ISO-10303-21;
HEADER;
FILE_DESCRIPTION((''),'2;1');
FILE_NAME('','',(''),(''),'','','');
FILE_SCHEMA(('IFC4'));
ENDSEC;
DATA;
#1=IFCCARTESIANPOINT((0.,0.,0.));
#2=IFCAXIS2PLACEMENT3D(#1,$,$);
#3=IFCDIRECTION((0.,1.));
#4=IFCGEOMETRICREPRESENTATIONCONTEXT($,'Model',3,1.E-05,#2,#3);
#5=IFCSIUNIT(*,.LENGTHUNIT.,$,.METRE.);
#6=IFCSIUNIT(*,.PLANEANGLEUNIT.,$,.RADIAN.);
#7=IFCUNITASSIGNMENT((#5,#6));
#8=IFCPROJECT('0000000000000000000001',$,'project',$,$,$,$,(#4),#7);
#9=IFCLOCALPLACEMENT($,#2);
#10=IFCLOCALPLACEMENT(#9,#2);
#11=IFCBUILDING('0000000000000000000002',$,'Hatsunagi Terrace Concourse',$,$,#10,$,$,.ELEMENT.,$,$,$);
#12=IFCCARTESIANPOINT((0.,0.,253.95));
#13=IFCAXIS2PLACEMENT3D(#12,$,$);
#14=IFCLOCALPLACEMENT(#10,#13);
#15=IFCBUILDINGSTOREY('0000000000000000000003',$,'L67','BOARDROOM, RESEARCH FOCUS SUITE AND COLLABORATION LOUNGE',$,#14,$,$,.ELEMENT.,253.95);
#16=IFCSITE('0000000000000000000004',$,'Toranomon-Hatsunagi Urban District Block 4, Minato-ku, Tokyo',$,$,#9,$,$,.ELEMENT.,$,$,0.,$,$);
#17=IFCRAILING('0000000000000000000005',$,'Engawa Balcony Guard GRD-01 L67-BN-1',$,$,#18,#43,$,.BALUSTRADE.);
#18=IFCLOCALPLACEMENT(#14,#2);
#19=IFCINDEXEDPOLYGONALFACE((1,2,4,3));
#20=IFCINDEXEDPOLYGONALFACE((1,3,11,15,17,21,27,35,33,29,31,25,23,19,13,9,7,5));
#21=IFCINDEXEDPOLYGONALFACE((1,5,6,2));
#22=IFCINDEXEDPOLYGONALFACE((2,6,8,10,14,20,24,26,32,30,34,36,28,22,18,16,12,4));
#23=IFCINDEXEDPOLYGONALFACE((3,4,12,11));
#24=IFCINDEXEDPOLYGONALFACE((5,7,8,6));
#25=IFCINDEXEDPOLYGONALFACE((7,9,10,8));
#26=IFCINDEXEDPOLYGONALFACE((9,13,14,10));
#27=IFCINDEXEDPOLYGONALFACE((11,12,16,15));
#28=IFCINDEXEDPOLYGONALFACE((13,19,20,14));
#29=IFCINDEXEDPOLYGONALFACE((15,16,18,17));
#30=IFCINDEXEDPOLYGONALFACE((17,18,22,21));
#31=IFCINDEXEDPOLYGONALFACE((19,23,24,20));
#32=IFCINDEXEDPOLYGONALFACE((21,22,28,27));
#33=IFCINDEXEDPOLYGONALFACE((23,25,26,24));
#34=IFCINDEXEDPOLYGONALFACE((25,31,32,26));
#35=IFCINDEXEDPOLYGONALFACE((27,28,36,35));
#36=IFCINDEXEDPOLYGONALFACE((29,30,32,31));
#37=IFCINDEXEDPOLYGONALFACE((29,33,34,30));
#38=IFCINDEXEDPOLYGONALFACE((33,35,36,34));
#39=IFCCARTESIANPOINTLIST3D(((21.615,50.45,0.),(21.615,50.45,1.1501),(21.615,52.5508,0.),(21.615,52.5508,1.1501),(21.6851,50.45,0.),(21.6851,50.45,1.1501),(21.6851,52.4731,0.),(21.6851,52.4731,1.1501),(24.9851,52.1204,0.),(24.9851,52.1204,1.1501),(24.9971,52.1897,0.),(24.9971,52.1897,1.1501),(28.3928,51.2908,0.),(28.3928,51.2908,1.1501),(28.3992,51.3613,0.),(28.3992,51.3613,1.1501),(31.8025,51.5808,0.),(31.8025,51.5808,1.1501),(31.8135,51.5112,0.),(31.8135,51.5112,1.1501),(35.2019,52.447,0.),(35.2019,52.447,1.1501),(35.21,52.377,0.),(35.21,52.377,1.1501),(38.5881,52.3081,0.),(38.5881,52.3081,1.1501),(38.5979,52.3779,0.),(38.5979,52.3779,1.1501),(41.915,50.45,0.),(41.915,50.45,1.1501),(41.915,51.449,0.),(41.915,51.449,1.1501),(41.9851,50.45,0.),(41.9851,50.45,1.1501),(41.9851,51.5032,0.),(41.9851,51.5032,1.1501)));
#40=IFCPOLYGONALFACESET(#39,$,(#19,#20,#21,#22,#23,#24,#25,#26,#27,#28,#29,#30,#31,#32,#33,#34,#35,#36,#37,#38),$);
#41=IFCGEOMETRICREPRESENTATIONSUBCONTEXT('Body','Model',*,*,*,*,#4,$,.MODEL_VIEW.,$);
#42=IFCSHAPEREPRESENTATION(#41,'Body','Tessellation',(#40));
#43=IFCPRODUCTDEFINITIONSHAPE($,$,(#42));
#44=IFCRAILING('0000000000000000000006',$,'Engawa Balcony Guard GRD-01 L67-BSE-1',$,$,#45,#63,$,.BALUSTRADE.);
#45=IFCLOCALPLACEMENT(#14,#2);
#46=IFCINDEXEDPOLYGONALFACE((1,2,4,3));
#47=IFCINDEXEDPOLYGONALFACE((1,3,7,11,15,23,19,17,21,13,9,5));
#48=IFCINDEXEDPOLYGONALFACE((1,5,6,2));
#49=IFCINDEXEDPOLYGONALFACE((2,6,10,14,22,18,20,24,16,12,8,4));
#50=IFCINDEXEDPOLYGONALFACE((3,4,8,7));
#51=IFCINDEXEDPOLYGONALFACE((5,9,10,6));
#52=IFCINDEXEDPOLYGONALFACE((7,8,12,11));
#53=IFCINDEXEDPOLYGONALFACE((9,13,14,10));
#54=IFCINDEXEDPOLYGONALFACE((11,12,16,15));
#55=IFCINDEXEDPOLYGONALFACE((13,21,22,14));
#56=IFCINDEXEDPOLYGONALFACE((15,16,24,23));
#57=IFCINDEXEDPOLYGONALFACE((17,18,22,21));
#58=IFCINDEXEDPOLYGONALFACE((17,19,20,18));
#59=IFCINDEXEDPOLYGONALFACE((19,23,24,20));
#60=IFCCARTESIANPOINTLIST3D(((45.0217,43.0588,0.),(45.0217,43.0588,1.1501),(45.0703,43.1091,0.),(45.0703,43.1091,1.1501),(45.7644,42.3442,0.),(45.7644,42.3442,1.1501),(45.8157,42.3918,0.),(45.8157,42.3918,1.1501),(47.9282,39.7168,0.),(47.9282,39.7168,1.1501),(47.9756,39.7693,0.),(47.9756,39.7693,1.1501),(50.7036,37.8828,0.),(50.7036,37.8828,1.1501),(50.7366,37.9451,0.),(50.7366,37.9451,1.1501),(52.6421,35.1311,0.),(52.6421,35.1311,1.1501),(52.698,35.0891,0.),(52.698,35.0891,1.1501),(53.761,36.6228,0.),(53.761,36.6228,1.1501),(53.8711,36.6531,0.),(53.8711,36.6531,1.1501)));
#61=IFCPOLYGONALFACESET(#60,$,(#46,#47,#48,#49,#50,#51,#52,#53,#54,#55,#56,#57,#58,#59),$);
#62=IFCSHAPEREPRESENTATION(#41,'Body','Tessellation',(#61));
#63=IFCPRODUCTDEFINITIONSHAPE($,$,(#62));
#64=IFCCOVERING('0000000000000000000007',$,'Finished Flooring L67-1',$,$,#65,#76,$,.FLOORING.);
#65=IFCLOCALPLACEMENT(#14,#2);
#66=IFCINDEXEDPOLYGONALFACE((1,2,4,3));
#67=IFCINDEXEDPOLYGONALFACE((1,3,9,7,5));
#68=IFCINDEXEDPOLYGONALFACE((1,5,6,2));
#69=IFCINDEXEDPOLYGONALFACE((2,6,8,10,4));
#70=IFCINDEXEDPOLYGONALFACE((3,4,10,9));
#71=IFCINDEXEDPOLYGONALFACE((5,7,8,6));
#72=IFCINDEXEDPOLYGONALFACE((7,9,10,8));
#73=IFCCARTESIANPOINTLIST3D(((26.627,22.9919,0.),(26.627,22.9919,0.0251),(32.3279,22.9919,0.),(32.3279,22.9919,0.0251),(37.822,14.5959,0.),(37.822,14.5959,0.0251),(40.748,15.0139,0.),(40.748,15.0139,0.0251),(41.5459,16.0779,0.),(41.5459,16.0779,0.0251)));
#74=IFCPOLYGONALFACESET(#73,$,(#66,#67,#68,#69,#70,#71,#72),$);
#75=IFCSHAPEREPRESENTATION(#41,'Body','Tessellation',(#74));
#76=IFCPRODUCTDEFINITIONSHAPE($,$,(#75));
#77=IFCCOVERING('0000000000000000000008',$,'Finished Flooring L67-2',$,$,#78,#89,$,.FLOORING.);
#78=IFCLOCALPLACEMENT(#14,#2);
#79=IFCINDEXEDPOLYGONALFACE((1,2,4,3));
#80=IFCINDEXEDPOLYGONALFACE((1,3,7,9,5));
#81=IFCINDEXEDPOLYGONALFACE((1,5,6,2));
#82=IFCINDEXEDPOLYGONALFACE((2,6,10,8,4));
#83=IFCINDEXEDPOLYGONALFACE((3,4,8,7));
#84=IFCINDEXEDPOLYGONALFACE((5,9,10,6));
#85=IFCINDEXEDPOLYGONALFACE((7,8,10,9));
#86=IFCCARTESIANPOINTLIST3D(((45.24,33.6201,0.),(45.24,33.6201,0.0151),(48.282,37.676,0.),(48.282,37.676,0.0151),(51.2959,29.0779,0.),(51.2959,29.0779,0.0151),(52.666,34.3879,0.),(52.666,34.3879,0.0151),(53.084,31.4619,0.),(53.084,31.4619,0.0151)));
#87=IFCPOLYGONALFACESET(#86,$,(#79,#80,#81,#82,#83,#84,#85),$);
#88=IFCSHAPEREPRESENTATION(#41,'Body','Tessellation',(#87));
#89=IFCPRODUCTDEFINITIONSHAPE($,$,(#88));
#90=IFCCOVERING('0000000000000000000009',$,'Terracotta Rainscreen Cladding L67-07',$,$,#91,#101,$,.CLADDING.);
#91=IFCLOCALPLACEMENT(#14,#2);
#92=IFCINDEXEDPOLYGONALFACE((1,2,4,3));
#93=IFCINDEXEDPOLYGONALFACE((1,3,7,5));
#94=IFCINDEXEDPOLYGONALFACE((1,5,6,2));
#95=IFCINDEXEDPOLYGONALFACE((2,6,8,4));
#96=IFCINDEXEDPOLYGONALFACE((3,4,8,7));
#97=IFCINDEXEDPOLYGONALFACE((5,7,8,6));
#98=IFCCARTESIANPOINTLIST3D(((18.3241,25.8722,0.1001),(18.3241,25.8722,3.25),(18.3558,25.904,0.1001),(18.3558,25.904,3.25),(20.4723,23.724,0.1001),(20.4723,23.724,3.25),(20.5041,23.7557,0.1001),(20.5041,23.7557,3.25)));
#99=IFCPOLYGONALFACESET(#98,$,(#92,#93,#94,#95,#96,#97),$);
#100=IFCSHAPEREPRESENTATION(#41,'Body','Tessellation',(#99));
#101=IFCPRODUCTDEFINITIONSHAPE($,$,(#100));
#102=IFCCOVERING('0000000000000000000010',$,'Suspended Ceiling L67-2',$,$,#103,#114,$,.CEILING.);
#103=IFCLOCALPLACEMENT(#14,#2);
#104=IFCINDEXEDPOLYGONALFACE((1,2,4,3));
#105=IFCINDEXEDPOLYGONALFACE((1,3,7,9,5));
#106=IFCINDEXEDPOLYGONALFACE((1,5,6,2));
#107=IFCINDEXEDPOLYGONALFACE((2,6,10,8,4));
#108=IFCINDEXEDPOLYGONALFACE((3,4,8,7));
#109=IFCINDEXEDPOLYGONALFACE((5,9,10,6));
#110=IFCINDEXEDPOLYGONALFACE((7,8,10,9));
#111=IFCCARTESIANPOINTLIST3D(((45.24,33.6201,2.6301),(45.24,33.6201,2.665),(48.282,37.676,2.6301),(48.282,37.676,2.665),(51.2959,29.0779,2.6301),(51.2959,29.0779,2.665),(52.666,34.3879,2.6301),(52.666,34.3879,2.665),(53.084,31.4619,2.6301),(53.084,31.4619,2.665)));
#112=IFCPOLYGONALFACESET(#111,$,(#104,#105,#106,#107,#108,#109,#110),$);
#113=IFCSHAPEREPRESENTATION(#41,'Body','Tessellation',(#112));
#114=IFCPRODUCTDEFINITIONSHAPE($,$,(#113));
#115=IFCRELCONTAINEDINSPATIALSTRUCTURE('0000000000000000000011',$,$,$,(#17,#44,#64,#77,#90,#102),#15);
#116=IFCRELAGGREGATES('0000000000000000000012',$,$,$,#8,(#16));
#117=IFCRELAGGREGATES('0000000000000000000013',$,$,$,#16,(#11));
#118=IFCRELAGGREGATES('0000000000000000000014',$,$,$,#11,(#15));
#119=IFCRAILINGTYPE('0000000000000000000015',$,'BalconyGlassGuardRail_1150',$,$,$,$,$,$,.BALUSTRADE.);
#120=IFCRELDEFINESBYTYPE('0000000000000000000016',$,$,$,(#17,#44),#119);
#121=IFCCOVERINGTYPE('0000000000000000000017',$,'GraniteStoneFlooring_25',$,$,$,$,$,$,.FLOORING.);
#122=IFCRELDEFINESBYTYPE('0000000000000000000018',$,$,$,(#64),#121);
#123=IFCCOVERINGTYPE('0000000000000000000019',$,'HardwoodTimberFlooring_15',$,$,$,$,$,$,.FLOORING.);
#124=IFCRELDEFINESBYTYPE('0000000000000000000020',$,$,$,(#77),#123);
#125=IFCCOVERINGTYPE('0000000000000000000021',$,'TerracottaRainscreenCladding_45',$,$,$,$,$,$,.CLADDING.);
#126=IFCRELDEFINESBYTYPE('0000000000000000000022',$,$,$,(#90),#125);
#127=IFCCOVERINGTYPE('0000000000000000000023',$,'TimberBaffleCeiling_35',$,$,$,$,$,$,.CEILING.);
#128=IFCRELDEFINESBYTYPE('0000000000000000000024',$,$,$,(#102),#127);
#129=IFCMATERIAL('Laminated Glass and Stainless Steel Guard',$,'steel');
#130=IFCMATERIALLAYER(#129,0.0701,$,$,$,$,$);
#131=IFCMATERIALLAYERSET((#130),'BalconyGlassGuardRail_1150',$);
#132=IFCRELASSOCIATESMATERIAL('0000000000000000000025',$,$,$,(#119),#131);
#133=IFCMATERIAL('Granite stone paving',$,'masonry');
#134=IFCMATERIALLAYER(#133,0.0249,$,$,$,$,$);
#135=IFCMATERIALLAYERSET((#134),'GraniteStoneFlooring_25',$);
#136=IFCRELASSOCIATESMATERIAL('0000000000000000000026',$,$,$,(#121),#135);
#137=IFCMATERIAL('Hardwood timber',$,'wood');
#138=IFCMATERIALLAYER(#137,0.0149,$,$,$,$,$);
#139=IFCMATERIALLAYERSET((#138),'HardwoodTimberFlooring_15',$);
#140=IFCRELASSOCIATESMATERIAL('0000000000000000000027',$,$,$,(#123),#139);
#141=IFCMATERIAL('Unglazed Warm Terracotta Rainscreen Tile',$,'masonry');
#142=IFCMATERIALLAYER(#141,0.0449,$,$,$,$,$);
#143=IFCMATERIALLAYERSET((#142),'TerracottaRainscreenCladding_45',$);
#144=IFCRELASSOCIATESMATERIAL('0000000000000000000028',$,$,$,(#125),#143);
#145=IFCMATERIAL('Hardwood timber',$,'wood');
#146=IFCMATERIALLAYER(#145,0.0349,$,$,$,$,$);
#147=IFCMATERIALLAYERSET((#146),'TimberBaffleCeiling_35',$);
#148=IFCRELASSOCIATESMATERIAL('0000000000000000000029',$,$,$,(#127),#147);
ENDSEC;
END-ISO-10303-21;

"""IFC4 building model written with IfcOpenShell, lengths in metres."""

from ifc_helpers import new_model, si_unit, direction, frame, origin, origin_2d, place, context, subcontext, project, spatial, polyline, rectangle, outline, extrude, material, layer, layer_set, type_object, element, save


model = new_model("IFC4")

# Units and contexts
model_context = context("Model", 3, precision=1e-05, world=origin(), true_north=direction((0.0, 1.0)))
body_context = subcontext(model_context, "Body", "Model", "MODEL_VIEW")
ifc_project = project(units=[si_unit("LENGTHUNIT", "METRE"), si_unit("PLANEANGLEUNIT", "RADIAN")], contexts=[model_context])

# Site, building, storey
site_placement = place(None, origin())
site = spatial("IfcSite", under=ifc_project, at=site_placement, Name="Toranomon-Hatsunagi Urban District Block 4, Minato-ku, Tokyo", CompositionType="ELEMENT", RefElevation=0.0)
building_placement = place(site_placement, origin())
building = spatial("IfcBuilding", under=site, at=building_placement, Name="Hatsunagi Terrace Concourse", CompositionType="ELEMENT")
storey_placement = place(building_placement, frame((0.0, 0.0, 253.95)))
storey = spatial("IfcBuildingStorey", under=building, at=storey_placement, Name="L67", Description="BOARDROOM, RESEARCH FOCUS SUITE AND COLLABORATION LOUNGE", CompositionType="ELEMENT", Elevation=253.95)

# Railings
ifc_material_1 = material(Name="Laminated Glass and Stainless Steel Guard", Category="steel")
ifc_layer_1 = layer(ifc_material_1, 0.0701)
ifc_layer_set_1 = layer_set([ifc_layer_1], Name="BalconyGlassGuardRail_1150")
railing_type = type_object("IfcRailingType", Name="BalconyGlassGuardRail_1150", PredefinedType="BALUSTRADE", material=ifc_layer_set_1)
railing_1_placement = place(storey_placement, origin())
element("IfcRailing", 1, at=railing_1_placement, inside=storey, type_object=railing_type, Name="Engawa Balcony Guard GRD-01 L67-BN-1", PredefinedType="BALUSTRADE", context=body_context, shape_type="SweptSolid", body=[
    extrude(outline(polyline([(21.615, 50.45), (21.6851, 50.45), (21.6851, 52.4731), (24.9851, 52.1204), (28.3928, 51.2908), (31.8135, 51.5112), (35.21, 52.377), (38.5881, 52.3081), (41.915, 51.449), (41.915, 50.45), (41.9851, 50.45), (41.9851, 51.5032), (38.5979, 52.3779), (35.2019, 52.447), (31.8025, 51.5808), (28.3992, 51.3613), (24.9971, 52.1897), (21.615, 52.5508), (21.615, 50.45)])), origin(), (0.0, 0.0, 1.0), 1.1501),
])
railing_2_placement = place(storey_placement, origin())
element("IfcRailing", 2, at=railing_2_placement, inside=storey, type_object=railing_type, Name="Engawa Balcony Guard GRD-01 L67-BSE-1", PredefinedType="BALUSTRADE", context=body_context, shape_type="SweptSolid", body=[
    extrude(outline(polyline([(45.0703, 43.1091), (45.0217, 43.0588), (45.7644, 42.3442), (47.9282, 39.7168), (50.7036, 37.8828), (53.761, 36.6228), (52.6421, 35.1311), (52.698, 35.0891), (53.8711, 36.6531), (50.7366, 37.9451), (47.9756, 39.7693), (45.8157, 42.3918), (45.0703, 43.1091)])), origin(), (0.0, 0.0, 1.0), 1.1501),
])

# Coverings
ifc_material_2 = material(Name="Granite stone paving", Category="masonry")
ifc_layer_2 = layer(ifc_material_2, 0.0249)
ifc_layer_set_2 = layer_set([ifc_layer_2], Name="GraniteStoneFlooring_25")
covering_type_1 = type_object("IfcCoveringType", Name="GraniteStoneFlooring_25", PredefinedType="FLOORING", material=ifc_layer_set_2)
covering_1_placement = place(storey_placement, origin())
element("IfcCovering", 3, at=covering_1_placement, inside=storey, type_object=covering_type_1, Name="Finished Flooring L67-1", PredefinedType="FLOORING", context=body_context, shape_type="SweptSolid", body=[
    extrude(outline(polyline([(26.627, 22.9919), (37.822, 14.5959), (40.748, 15.0139), (41.5459, 16.0779), (32.3279, 22.9919), (26.627, 22.9919)])), origin(), (0.0, 0.0, 1.0), 0.0251),
])
ifc_material_3 = material(Name="Hardwood timber", Category="wood")
ifc_layer_3 = layer(ifc_material_3, 0.0149)
ifc_layer_set_3 = layer_set([ifc_layer_3], Name="HardwoodTimberFlooring_15")
covering_type_2 = type_object("IfcCoveringType", Name="HardwoodTimberFlooring_15", PredefinedType="FLOORING", material=ifc_layer_set_3)
covering_2_placement = place(storey_placement, origin())
element("IfcCovering", 4, at=covering_2_placement, inside=storey, type_object=covering_type_2, Name="Finished Flooring L67-2", PredefinedType="FLOORING", context=body_context, shape_type="SweptSolid", body=[
    extrude(outline(polyline([(52.666, 34.3879), (48.282, 37.676), (45.24, 33.6201), (51.2959, 29.0779), (53.084, 31.4619), (52.666, 34.3879)])), origin(), (0.0, 0.0, 1.0), 0.0151),
])
ifc_material_4 = material(Name="Unglazed Warm Terracotta Rainscreen Tile", Category="masonry")
ifc_layer_4 = layer(ifc_material_4, 0.0449)
ifc_layer_set_4 = layer_set([ifc_layer_4], Name="TerracottaRainscreenCladding_45")
covering_type_3 = type_object("IfcCoveringType", Name="TerracottaRainscreenCladding_45", PredefinedType="CLADDING", material=ifc_layer_set_4)
covering_3_placement = place(storey_placement, frame((19.4141, 24.814, 0.1001), z_axis=(0.0, 0.0, 1.0), x_axis=(-0.707107, 0.707107, 0.0)))
element("IfcCovering", 5, at=covering_3_placement, inside=storey, type_object=covering_type_3, Name="Terracotta Rainscreen Cladding L67-07", PredefinedType="CLADDING", context=body_context, shape_type="SweptSolid", body=[
    extrude(rectangle(XDim=3.0381, YDim=0.0449, at=origin_2d()), origin(), (0.0, 0.0, 1.0), 3.1499),
])
ifc_material_5 = material(Name="Hardwood timber", Category="wood")
ifc_layer_5 = layer(ifc_material_5, 0.0349)
ifc_layer_set_5 = layer_set([ifc_layer_5], Name="TimberBaffleCeiling_35")
covering_type_4 = type_object("IfcCoveringType", Name="TimberBaffleCeiling_35", PredefinedType="CEILING", material=ifc_layer_set_5)
covering_4_placement = place(storey_placement, frame((0.0, 0.0, 2.6301)))
element("IfcCovering", 6, at=covering_4_placement, inside=storey, type_object=covering_type_4, Name="Suspended Ceiling L67-2", PredefinedType="CEILING", context=body_context, shape_type="SweptSolid", body=[
    extrude(outline(polyline([(52.666, 34.3879), (48.282, 37.676), (45.24, 33.6201), (51.2959, 29.0779), (53.084, 31.4619), (52.666, 34.3879)])), origin(), (0.0, 0.0, 1.0), 0.0349),
])

save(model, "model.ifc")
